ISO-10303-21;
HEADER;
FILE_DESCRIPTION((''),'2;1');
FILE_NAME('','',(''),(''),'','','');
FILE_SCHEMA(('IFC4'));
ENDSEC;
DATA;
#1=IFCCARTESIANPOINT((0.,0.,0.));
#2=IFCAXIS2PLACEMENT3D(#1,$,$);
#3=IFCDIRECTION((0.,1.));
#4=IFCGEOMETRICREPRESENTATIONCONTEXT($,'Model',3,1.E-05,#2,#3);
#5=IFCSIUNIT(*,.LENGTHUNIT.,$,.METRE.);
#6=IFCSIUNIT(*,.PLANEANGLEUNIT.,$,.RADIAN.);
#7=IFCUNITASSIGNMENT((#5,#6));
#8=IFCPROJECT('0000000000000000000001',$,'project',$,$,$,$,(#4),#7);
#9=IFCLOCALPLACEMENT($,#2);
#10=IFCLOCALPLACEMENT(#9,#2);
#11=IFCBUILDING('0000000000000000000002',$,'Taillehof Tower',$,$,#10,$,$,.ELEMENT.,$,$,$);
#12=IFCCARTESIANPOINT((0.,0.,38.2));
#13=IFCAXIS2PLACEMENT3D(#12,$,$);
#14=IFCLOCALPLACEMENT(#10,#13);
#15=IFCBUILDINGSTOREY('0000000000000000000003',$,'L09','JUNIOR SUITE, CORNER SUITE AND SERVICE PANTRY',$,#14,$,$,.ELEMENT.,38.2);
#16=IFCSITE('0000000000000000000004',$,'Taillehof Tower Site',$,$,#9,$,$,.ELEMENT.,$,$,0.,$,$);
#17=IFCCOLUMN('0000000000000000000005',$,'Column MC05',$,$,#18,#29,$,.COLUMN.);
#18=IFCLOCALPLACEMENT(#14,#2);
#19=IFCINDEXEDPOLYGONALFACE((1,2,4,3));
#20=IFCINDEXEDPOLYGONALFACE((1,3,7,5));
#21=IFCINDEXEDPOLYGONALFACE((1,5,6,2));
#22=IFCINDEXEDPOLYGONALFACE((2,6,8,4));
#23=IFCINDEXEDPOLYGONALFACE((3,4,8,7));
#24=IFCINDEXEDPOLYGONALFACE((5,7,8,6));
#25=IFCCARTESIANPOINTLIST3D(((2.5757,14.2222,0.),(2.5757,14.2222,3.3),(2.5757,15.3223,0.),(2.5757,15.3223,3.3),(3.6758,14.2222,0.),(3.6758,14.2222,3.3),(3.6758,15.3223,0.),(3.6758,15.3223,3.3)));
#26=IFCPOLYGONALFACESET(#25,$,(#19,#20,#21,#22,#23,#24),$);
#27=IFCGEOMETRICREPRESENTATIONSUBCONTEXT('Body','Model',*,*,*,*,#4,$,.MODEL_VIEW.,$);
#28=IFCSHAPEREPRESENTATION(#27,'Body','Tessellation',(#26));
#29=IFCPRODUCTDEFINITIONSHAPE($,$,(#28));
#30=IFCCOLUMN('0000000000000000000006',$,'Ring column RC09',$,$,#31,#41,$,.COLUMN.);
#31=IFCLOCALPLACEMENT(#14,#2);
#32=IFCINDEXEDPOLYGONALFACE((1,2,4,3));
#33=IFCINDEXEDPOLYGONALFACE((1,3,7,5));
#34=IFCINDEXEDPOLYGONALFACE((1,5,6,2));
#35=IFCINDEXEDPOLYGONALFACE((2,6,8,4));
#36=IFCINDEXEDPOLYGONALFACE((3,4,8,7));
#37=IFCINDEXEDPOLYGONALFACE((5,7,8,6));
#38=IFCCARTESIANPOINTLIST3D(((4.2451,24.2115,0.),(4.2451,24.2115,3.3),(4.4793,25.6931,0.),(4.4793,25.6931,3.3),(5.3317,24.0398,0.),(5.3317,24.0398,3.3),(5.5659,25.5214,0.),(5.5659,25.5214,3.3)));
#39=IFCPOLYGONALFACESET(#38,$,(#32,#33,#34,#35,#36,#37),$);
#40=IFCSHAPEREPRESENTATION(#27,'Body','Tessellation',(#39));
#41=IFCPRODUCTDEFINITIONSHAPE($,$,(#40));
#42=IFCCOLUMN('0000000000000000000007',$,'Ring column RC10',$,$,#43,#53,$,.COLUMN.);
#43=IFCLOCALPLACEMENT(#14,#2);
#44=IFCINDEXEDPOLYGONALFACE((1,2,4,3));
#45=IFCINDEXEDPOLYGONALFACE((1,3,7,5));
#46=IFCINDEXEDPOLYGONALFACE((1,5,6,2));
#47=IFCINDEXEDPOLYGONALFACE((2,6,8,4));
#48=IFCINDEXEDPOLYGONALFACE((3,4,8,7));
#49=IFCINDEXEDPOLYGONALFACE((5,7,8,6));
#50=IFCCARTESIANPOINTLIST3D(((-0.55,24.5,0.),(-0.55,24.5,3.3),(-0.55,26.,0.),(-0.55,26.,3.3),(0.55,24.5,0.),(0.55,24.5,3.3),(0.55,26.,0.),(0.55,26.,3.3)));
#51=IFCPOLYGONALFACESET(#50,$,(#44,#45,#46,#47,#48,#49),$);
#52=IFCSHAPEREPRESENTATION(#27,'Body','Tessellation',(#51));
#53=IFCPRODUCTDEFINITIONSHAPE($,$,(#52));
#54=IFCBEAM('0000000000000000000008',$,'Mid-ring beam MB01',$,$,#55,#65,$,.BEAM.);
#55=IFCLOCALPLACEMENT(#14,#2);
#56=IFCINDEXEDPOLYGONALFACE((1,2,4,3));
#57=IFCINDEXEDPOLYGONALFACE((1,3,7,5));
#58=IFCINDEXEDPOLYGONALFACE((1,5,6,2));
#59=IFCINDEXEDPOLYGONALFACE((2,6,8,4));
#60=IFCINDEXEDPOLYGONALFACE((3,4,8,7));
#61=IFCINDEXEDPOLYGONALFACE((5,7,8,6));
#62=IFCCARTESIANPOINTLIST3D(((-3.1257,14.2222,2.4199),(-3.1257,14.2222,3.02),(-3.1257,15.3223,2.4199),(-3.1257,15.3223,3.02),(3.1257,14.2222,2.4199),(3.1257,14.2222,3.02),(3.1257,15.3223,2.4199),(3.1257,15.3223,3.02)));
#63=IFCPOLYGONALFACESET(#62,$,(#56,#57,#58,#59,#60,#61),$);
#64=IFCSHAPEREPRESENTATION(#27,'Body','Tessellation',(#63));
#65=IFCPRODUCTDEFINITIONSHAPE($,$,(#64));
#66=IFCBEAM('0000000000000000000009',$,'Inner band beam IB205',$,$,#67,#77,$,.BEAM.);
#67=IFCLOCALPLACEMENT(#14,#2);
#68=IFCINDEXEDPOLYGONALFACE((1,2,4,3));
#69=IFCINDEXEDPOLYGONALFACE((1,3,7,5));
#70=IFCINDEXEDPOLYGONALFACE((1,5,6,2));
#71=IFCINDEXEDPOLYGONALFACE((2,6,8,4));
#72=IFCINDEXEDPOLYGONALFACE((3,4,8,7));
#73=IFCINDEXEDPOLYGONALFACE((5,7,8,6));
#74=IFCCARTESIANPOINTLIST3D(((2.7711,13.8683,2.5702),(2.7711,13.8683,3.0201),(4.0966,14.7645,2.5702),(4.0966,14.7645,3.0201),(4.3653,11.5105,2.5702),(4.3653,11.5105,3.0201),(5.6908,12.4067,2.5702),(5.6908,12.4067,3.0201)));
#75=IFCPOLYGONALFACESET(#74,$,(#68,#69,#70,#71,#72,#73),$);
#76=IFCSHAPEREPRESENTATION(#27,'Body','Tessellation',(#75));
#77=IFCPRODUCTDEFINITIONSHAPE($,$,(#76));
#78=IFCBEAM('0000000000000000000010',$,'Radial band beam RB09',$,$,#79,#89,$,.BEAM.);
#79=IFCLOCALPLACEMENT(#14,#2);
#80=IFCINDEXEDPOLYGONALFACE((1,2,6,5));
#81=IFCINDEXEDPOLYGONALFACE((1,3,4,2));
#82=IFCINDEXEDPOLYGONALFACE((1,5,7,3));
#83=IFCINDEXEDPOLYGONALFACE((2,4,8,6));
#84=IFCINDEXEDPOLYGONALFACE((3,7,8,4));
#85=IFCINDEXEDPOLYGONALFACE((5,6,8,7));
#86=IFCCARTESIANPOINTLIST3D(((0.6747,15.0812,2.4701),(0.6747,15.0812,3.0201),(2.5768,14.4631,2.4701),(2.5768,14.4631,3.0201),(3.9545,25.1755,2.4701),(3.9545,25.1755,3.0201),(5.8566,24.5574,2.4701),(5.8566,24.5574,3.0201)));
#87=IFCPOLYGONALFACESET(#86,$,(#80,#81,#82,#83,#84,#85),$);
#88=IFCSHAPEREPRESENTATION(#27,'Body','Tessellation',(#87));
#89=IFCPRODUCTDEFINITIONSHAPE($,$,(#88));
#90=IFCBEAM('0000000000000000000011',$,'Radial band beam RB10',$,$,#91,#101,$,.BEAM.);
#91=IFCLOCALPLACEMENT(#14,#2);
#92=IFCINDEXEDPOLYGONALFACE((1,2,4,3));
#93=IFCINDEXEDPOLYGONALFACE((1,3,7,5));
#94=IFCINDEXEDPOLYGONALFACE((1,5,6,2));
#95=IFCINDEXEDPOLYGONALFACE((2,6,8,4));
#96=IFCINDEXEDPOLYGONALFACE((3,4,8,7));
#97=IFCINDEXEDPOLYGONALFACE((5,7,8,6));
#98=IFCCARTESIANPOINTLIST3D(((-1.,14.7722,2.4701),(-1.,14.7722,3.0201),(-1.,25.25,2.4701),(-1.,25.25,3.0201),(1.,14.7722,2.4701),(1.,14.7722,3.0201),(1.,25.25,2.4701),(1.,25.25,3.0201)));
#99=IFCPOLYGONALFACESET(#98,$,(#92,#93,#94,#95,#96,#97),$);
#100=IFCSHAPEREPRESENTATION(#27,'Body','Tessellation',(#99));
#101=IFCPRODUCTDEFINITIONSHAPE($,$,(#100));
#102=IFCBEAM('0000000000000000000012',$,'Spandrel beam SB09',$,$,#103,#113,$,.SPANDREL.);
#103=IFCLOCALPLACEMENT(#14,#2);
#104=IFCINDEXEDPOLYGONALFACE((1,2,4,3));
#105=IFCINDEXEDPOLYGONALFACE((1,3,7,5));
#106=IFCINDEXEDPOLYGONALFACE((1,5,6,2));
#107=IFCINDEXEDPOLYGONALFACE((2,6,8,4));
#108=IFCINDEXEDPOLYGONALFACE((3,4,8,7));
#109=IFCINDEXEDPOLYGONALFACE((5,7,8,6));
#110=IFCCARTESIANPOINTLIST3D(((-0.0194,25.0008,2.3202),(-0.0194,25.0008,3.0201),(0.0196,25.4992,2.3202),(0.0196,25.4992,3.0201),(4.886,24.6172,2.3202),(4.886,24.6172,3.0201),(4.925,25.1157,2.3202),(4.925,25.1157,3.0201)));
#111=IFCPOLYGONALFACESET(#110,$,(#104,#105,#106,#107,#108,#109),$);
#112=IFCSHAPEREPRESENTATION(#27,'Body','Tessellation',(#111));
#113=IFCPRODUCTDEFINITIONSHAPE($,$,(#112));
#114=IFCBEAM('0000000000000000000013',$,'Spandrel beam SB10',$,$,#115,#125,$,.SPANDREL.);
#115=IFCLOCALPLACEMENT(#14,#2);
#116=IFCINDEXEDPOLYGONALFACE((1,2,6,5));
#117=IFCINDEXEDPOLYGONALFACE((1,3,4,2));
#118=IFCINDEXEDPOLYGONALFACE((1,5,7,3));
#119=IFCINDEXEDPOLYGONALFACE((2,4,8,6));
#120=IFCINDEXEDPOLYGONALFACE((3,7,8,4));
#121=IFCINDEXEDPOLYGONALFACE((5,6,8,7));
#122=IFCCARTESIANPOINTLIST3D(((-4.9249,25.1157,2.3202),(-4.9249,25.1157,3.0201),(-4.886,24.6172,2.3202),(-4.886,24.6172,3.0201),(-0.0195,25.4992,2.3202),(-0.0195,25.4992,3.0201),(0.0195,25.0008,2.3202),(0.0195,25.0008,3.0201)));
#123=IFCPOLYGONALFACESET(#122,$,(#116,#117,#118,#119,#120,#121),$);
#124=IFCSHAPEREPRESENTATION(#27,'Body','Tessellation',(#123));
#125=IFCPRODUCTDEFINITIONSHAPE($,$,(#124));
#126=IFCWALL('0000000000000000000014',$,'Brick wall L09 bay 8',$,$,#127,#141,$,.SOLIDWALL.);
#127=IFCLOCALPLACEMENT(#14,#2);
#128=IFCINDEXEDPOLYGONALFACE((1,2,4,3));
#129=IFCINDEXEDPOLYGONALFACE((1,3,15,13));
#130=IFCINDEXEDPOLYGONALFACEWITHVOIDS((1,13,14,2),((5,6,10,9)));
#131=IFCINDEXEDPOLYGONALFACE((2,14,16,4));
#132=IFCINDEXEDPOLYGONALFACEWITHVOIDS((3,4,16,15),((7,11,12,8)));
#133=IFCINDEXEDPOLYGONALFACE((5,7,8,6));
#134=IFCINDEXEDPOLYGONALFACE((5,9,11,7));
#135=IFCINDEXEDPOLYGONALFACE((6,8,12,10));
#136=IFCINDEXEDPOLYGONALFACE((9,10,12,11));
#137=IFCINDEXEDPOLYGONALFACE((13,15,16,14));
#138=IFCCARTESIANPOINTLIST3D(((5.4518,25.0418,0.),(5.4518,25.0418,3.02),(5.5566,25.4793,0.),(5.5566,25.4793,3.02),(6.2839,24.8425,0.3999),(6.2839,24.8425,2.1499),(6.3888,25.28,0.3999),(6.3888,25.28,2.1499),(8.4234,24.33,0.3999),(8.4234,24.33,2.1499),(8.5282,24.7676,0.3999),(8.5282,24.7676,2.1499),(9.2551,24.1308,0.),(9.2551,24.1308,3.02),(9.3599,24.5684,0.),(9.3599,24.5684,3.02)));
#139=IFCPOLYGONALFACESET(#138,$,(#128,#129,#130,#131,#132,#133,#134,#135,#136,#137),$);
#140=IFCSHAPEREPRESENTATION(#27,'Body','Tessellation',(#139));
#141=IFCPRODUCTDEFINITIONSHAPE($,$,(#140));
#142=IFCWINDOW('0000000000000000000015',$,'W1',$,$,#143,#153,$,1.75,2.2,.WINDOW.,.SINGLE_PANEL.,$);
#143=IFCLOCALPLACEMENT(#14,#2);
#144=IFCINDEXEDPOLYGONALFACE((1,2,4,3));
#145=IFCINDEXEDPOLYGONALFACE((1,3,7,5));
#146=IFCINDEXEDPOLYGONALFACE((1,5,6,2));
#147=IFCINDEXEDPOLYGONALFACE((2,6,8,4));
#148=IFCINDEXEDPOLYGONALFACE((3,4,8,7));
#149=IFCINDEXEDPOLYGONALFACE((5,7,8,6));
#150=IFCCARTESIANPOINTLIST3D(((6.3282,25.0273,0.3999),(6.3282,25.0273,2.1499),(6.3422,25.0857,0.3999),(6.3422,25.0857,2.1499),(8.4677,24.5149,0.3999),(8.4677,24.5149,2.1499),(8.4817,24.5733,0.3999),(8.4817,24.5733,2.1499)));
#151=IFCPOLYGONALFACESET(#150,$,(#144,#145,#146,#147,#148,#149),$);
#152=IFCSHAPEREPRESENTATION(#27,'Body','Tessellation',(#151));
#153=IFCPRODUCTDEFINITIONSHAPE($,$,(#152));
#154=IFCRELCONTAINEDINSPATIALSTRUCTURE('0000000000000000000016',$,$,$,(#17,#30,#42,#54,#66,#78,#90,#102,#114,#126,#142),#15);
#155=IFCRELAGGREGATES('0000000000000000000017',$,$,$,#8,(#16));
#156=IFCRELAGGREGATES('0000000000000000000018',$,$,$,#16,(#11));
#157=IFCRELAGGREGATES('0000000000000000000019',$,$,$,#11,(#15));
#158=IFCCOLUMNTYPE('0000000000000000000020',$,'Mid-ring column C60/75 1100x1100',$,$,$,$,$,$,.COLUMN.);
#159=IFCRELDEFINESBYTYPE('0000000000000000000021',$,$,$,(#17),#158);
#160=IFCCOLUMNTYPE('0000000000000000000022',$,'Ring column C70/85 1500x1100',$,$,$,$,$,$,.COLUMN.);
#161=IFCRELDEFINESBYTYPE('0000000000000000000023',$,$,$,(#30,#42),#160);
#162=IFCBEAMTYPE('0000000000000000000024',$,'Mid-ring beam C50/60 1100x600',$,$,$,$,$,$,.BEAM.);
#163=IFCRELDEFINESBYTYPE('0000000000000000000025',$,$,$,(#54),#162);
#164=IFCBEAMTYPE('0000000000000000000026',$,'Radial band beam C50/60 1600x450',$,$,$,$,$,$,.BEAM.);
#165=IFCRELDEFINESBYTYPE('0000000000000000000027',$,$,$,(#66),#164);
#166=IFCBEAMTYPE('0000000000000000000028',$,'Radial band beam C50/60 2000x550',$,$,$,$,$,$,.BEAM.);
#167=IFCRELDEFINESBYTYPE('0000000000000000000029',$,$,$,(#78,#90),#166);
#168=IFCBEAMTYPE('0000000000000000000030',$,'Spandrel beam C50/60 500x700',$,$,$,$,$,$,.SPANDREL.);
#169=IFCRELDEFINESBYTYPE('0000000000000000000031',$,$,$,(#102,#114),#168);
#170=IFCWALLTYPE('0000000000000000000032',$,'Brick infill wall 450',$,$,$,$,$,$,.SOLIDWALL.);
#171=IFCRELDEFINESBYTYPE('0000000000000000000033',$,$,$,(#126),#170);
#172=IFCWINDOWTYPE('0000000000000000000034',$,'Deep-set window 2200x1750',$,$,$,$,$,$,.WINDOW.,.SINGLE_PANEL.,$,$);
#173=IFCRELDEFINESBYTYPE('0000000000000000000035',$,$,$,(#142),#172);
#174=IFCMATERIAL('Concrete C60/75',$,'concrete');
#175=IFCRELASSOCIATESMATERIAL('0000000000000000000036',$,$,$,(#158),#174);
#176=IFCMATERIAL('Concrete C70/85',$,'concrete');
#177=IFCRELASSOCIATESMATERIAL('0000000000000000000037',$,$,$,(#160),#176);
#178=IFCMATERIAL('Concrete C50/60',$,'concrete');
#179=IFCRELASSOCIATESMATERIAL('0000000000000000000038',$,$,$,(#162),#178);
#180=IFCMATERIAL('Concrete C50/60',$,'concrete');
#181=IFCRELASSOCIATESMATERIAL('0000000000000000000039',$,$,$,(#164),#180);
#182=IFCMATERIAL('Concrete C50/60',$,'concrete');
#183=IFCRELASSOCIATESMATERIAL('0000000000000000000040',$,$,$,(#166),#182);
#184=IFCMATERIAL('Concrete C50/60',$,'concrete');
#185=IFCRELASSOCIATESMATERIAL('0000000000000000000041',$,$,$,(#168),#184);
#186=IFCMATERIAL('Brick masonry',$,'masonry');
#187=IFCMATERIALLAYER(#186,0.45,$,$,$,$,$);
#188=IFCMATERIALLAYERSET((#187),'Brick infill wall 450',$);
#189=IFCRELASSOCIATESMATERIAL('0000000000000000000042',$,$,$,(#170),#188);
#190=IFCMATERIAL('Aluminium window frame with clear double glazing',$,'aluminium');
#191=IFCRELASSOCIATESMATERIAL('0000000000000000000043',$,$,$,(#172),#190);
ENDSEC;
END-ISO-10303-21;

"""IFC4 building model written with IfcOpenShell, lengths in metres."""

from ifc_helpers import new_model, si_unit, direction, frame, frame_2d, origin, origin_2d, place, context, subcontext, project, spatial, rectangle, extrude, material, layer, layer_set, material_profile, profile_set, type_object, element, fill, save


model = new_model("IFC4")

# Units and contexts
model_context = context("Model", 3, precision=1e-05, world=origin(), true_north=direction((0.0, 1.0)))
body_context = subcontext(model_context, "Body", "Model", "MODEL_VIEW")
ifc_project = project(units=[si_unit("LENGTHUNIT", "METRE"), si_unit("PLANEANGLEUNIT", "RADIAN")], contexts=[model_context])

# Site, building, storey
site_placement = place(None, origin())
site = spatial("IfcSite", under=ifc_project, at=site_placement, Name="Taillehof Tower Site", CompositionType="ELEMENT", RefElevation=0.0)
building_placement = place(site_placement, origin())
building = spatial("IfcBuilding", under=site, at=building_placement, Name="Taillehof Tower", CompositionType="ELEMENT")
storey_placement = place(building_placement, frame((0.0, 0.0, 38.2)))
storey = spatial("IfcBuildingStorey", under=building, at=storey_placement, Name="L09", Description="JUNIOR SUITE, CORNER SUITE AND SERVICE PANTRY", CompositionType="ELEMENT", Elevation=38.2)

# Columns
ifc_material_1 = material(Name="Concrete C60/75", Category="concrete")
ifc_material_profile_1 = material_profile(ifc_material_1, rectangle(XDim=1.1001, YDim=1.1001, at=origin_2d()), Name="RC 1100x1100")
ifc_profile_set_1 = profile_set([ifc_material_profile_1], Name="Concrete C60/75")
column_type_1 = type_object("IfcColumnType", Name="Mid-ring column C60/75 1100x1100", PredefinedType="COLUMN", material=ifc_profile_set_1)
column_placement = place(storey_placement, frame((3.1257, 14.7722, 0.0), z_axis=(0.0, 0.0, 1.0), x_axis=(1.0, 0.0, 0.0)))
element("IfcColumn", 1, at=column_placement, inside=storey, type_object=column_type_1, Name="Column MC05", PredefinedType="COLUMN", context=body_context, shape_type="SweptSolid", body=[
    extrude(rectangle(XDim=1.1001, YDim=1.1001, at=origin_2d()), origin(), (0.0, 0.0, 1.0), 3.3),
])
ifc_material_2 = material(Name="Concrete C70/85", Category="concrete")
ifc_material_profile_2 = material_profile(ifc_material_2, rectangle(XDim=1.5, YDim=1.1001, at=origin_2d()), Name="RC 1500x1100")
ifc_profile_set_2 = profile_set([ifc_material_profile_2], Name="Concrete C70/85")
column_type_2 = type_object("IfcColumnType", Name="Ring column C70/85 1500x1100", PredefinedType="COLUMN", material=ifc_profile_set_2)
for number, where, z_axis, x_axis, name in (
    (2, (4.9055, 24.8665, 0.0), (0.0, 0.0, 1.0), (0.156147, 0.987734, 0.0), "Ring column RC09"),
    (3, (0.0, 25.25, 0.0), (0.0, 0.0, 1.0), (0.0, 1.0, 0.0), "Ring column RC10"),
):
    element("IfcColumn", number, at=place(storey_placement, frame(where, z_axis=z_axis, x_axis=x_axis)), inside=storey, type_object=column_type_2, Name=name, PredefinedType="COLUMN", context=body_context, shape_type="SweptSolid", body=[
        extrude(rectangle(XDim=1.5, YDim=1.1001, at=origin_2d()), origin(), (0.0, 0.0, 1.0), 3.3),
    ])

# Beams
ifc_material_3 = material(Name="Concrete C50/60", Category="concrete")
ifc_material_profile_3 = material_profile(ifc_material_3, rectangle(XDim=1.1001, YDim=0.6001, at=origin_2d()), Name="RC 1100x600")
ifc_profile_set_3 = profile_set([ifc_material_profile_3], Name="Concrete C50/60")
beam_type_1 = type_object("IfcBeamType", Name="Mid-ring beam C50/60 1100x600", PredefinedType="BEAM", material=ifc_profile_set_3)
beam_1_placement = place(storey_placement, frame((3.1257, 14.7722, 2.72), z_axis=(-1.0, 0.0, 0.0), x_axis=(0.0, -1.0, 0.0)))
element("IfcBeam", 4, at=beam_1_placement, inside=storey, type_object=beam_type_1, Name="Mid-ring beam MB01", PredefinedType="BEAM", context=body_context, shape_type="SweptSolid", body=[
    extrude(rectangle(XDim=1.1001, YDim=0.6001, at=origin_2d()), origin(), (0.0, 0.0, 1.0), 6.2515),
])
ifc_material_4 = material(Name="Concrete C50/60", Category="concrete")
ifc_material_profile_4 = material_profile(ifc_material_4, rectangle(XDim=1.6001, YDim=0.45, at=origin_2d()), Name="RC 1600x450")
ifc_profile_set_4 = profile_set([ifc_material_profile_4], Name="Concrete C50/60")
beam_type_2 = type_object("IfcBeamType", Name="Radial band beam C50/60 1600x450", PredefinedType="BEAM", material=ifc_profile_set_4)
beam_2_placement = place(storey_placement, frame((3.4338, 14.3164, 2.7952), z_axis=(0.560112, -0.828417, 0.0), x_axis=(0.828417, 0.560112, 0.0)))
element("IfcBeam", 5, at=beam_2_placement, inside=storey, type_object=beam_type_2, Name="Inner band beam IB205", PredefinedType="BEAM", context=body_context, shape_type="SweptSolid", body=[
    extrude(rectangle(XDim=1.6001, YDim=0.45, at=origin_2d()), origin(), (0.0, 0.0, 1.0), 2.8462),
])
ifc_material_5 = material(Name="Concrete C50/60", Category="concrete")
ifc_material_profile_5 = material_profile(ifc_material_5, rectangle(XDim=2.0, YDim=0.55, at=origin_2d()), Name="RC 2000x550")
ifc_profile_set_5 = profile_set([ifc_material_profile_5], Name="Concrete C50/60")
beam_type_3 = type_object("IfcBeamType", Name="Radial band beam C50/60 2000x550", PredefinedType="BEAM", material=ifc_profile_set_5)
beam_3_placement = place(storey_placement, frame((4.9055, 24.8665, 2.7451), z_axis=(-0.309014, -0.951057, 0.0), x_axis=(0.951057, -0.309014, 0.0)))
element("IfcBeam", 6, at=beam_3_placement, inside=storey, type_object=beam_type_3, Name="Radial band beam RB09", PredefinedType="BEAM", context=body_context, shape_type="SweptSolid", body=[
    extrude(rectangle(XDim=2.0, YDim=0.55, at=origin_2d()), origin(), (0.0, 0.0, 1.0), 10.6138),
])
beam_4_placement = place(storey_placement, frame((0.0, 25.25, 2.7451), z_axis=(0.0, -1.0, 0.0), x_axis=(1.0, 0.0, 0.0)))
element("IfcBeam", 7, at=beam_4_placement, inside=storey, type_object=beam_type_3, Name="Radial band beam RB10", PredefinedType="BEAM", context=body_context, shape_type="SweptSolid", body=[
    extrude(rectangle(XDim=2.0, YDim=0.55, at=origin_2d()), origin(), (0.0, 0.0, 1.0), 10.4778),
])
ifc_material_6 = material(Name="Concrete C50/60", Category="concrete")
ifc_material_profile_6 = material_profile(ifc_material_6, rectangle(XDim=0.5, YDim=0.7, at=origin_2d()), Name="RC 500x700")
ifc_profile_set_6 = profile_set([ifc_material_profile_6], Name="Concrete C50/60")
beam_type_4 = type_object("IfcBeamType", Name="Spandrel beam C50/60 500x700", PredefinedType="SPANDREL", material=ifc_profile_set_6)
for number, where, z_axis, x_axis, name in (
    (8, (4.9055, 24.8665, 2.6702), (-0.996957, 0.077949, 0.0), (-0.077949, -0.996957, 0.0), "Spandrel beam SB09"),
    (9, (0.0, 25.25, 2.6702), (-0.996957, -0.077949, 0.0), (0.077949, -0.996957, 0.0), "Spandrel beam SB10"),
):
    element("IfcBeam", number, at=place(storey_placement, frame(where, z_axis=z_axis, x_axis=x_axis)), inside=storey, type_object=beam_type_4, Name=name, PredefinedType="SPANDREL", context=body_context, shape_type="SweptSolid", body=[
        extrude(rectangle(XDim=0.5, YDim=0.7, at=origin_2d()), origin(), (0.0, 0.0, 1.0), 4.9204),
    ])

# Wall, opening, window
ifc_material_7 = material(Name="Brick masonry", Category="masonry")
ifc_layer_1 = layer(ifc_material_7, 0.45)
ifc_layer_set_1 = layer_set([ifc_layer_1], Name="Brick infill wall 450")
wall_type_1 = type_object("IfcWallType", Name="Brick infill wall 450", PredefinedType="SOLIDWALL", material=ifc_layer_set_1)
wall_1_placement = place(storey_placement, frame((9.3076, 24.3496, 0.0), z_axis=(0.0, 0.0, 1.0), x_axis=(-0.972497, 0.232917, 0.0)))
wall_1 = element("IfcWall", 10, at=wall_1_placement, inside=storey, type_object=wall_type_1, Name="Brick wall L09 bay 8", PredefinedType="SOLIDWALL", context=body_context, shape_type="SweptSolid", body=[
    extrude(rectangle(XDim=3.9109, YDim=0.45, at=frame_2d((1.9556, 0.0))), origin(), (0.0, 0.0, 1.0), 3.02),
])
opening_1_placement = place(wall_1_placement, frame((0.8552, 0.0, 0.3999)))
opening_1 = element("IfcOpeningElement", 11, at=opening_1_placement, cuts=wall_1, PredefinedType="OPENING", context=body_context, shape_type="SweptSolid", body=[
    extrude(rectangle(XDim=2.2, YDim=1.75, at=frame_2d((1.1001, 0.875))), frame((0.0, 0.2349, 0.0), z_axis=(0.0, -1.0, 0.0), x_axis=(1.0, 0.0, 0.0)), (0.0, 0.0, 1.0), 0.47),
])
ifc_material_8 = material(Name="Aluminium window frame with clear double glazing", Category="aluminium")
window_type = type_object("IfcWindowType", Name="Deep-set window 2200x1750", PartitioningType="SINGLE_PANEL", PredefinedType="WINDOW", material=ifc_material_8)
window_1_placement = place(opening_1_placement, origin())
window_1 = element("IfcWindow", 12, at=window_1_placement, inside=storey, type_object=window_type, Name="W1", OverallHeight=1.75, OverallWidth=2.2, PartitioningType="SINGLE_PANEL", PredefinedType="WINDOW", context=body_context, shape_type="SweptSolid", body=[
    extrude(rectangle(XDim=2.2, YDim=1.75, at=frame_2d((1.1001, 0.875))), frame((0.0, 0.0349, 0.0), z_axis=(0.0, -1.0, 0.0), x_axis=(1.0, 0.0, 0.0)), (0.0, 0.0, 1.0), 0.0601),
])
fill(opening_1, window_1)

save(model, "model.ifc")
